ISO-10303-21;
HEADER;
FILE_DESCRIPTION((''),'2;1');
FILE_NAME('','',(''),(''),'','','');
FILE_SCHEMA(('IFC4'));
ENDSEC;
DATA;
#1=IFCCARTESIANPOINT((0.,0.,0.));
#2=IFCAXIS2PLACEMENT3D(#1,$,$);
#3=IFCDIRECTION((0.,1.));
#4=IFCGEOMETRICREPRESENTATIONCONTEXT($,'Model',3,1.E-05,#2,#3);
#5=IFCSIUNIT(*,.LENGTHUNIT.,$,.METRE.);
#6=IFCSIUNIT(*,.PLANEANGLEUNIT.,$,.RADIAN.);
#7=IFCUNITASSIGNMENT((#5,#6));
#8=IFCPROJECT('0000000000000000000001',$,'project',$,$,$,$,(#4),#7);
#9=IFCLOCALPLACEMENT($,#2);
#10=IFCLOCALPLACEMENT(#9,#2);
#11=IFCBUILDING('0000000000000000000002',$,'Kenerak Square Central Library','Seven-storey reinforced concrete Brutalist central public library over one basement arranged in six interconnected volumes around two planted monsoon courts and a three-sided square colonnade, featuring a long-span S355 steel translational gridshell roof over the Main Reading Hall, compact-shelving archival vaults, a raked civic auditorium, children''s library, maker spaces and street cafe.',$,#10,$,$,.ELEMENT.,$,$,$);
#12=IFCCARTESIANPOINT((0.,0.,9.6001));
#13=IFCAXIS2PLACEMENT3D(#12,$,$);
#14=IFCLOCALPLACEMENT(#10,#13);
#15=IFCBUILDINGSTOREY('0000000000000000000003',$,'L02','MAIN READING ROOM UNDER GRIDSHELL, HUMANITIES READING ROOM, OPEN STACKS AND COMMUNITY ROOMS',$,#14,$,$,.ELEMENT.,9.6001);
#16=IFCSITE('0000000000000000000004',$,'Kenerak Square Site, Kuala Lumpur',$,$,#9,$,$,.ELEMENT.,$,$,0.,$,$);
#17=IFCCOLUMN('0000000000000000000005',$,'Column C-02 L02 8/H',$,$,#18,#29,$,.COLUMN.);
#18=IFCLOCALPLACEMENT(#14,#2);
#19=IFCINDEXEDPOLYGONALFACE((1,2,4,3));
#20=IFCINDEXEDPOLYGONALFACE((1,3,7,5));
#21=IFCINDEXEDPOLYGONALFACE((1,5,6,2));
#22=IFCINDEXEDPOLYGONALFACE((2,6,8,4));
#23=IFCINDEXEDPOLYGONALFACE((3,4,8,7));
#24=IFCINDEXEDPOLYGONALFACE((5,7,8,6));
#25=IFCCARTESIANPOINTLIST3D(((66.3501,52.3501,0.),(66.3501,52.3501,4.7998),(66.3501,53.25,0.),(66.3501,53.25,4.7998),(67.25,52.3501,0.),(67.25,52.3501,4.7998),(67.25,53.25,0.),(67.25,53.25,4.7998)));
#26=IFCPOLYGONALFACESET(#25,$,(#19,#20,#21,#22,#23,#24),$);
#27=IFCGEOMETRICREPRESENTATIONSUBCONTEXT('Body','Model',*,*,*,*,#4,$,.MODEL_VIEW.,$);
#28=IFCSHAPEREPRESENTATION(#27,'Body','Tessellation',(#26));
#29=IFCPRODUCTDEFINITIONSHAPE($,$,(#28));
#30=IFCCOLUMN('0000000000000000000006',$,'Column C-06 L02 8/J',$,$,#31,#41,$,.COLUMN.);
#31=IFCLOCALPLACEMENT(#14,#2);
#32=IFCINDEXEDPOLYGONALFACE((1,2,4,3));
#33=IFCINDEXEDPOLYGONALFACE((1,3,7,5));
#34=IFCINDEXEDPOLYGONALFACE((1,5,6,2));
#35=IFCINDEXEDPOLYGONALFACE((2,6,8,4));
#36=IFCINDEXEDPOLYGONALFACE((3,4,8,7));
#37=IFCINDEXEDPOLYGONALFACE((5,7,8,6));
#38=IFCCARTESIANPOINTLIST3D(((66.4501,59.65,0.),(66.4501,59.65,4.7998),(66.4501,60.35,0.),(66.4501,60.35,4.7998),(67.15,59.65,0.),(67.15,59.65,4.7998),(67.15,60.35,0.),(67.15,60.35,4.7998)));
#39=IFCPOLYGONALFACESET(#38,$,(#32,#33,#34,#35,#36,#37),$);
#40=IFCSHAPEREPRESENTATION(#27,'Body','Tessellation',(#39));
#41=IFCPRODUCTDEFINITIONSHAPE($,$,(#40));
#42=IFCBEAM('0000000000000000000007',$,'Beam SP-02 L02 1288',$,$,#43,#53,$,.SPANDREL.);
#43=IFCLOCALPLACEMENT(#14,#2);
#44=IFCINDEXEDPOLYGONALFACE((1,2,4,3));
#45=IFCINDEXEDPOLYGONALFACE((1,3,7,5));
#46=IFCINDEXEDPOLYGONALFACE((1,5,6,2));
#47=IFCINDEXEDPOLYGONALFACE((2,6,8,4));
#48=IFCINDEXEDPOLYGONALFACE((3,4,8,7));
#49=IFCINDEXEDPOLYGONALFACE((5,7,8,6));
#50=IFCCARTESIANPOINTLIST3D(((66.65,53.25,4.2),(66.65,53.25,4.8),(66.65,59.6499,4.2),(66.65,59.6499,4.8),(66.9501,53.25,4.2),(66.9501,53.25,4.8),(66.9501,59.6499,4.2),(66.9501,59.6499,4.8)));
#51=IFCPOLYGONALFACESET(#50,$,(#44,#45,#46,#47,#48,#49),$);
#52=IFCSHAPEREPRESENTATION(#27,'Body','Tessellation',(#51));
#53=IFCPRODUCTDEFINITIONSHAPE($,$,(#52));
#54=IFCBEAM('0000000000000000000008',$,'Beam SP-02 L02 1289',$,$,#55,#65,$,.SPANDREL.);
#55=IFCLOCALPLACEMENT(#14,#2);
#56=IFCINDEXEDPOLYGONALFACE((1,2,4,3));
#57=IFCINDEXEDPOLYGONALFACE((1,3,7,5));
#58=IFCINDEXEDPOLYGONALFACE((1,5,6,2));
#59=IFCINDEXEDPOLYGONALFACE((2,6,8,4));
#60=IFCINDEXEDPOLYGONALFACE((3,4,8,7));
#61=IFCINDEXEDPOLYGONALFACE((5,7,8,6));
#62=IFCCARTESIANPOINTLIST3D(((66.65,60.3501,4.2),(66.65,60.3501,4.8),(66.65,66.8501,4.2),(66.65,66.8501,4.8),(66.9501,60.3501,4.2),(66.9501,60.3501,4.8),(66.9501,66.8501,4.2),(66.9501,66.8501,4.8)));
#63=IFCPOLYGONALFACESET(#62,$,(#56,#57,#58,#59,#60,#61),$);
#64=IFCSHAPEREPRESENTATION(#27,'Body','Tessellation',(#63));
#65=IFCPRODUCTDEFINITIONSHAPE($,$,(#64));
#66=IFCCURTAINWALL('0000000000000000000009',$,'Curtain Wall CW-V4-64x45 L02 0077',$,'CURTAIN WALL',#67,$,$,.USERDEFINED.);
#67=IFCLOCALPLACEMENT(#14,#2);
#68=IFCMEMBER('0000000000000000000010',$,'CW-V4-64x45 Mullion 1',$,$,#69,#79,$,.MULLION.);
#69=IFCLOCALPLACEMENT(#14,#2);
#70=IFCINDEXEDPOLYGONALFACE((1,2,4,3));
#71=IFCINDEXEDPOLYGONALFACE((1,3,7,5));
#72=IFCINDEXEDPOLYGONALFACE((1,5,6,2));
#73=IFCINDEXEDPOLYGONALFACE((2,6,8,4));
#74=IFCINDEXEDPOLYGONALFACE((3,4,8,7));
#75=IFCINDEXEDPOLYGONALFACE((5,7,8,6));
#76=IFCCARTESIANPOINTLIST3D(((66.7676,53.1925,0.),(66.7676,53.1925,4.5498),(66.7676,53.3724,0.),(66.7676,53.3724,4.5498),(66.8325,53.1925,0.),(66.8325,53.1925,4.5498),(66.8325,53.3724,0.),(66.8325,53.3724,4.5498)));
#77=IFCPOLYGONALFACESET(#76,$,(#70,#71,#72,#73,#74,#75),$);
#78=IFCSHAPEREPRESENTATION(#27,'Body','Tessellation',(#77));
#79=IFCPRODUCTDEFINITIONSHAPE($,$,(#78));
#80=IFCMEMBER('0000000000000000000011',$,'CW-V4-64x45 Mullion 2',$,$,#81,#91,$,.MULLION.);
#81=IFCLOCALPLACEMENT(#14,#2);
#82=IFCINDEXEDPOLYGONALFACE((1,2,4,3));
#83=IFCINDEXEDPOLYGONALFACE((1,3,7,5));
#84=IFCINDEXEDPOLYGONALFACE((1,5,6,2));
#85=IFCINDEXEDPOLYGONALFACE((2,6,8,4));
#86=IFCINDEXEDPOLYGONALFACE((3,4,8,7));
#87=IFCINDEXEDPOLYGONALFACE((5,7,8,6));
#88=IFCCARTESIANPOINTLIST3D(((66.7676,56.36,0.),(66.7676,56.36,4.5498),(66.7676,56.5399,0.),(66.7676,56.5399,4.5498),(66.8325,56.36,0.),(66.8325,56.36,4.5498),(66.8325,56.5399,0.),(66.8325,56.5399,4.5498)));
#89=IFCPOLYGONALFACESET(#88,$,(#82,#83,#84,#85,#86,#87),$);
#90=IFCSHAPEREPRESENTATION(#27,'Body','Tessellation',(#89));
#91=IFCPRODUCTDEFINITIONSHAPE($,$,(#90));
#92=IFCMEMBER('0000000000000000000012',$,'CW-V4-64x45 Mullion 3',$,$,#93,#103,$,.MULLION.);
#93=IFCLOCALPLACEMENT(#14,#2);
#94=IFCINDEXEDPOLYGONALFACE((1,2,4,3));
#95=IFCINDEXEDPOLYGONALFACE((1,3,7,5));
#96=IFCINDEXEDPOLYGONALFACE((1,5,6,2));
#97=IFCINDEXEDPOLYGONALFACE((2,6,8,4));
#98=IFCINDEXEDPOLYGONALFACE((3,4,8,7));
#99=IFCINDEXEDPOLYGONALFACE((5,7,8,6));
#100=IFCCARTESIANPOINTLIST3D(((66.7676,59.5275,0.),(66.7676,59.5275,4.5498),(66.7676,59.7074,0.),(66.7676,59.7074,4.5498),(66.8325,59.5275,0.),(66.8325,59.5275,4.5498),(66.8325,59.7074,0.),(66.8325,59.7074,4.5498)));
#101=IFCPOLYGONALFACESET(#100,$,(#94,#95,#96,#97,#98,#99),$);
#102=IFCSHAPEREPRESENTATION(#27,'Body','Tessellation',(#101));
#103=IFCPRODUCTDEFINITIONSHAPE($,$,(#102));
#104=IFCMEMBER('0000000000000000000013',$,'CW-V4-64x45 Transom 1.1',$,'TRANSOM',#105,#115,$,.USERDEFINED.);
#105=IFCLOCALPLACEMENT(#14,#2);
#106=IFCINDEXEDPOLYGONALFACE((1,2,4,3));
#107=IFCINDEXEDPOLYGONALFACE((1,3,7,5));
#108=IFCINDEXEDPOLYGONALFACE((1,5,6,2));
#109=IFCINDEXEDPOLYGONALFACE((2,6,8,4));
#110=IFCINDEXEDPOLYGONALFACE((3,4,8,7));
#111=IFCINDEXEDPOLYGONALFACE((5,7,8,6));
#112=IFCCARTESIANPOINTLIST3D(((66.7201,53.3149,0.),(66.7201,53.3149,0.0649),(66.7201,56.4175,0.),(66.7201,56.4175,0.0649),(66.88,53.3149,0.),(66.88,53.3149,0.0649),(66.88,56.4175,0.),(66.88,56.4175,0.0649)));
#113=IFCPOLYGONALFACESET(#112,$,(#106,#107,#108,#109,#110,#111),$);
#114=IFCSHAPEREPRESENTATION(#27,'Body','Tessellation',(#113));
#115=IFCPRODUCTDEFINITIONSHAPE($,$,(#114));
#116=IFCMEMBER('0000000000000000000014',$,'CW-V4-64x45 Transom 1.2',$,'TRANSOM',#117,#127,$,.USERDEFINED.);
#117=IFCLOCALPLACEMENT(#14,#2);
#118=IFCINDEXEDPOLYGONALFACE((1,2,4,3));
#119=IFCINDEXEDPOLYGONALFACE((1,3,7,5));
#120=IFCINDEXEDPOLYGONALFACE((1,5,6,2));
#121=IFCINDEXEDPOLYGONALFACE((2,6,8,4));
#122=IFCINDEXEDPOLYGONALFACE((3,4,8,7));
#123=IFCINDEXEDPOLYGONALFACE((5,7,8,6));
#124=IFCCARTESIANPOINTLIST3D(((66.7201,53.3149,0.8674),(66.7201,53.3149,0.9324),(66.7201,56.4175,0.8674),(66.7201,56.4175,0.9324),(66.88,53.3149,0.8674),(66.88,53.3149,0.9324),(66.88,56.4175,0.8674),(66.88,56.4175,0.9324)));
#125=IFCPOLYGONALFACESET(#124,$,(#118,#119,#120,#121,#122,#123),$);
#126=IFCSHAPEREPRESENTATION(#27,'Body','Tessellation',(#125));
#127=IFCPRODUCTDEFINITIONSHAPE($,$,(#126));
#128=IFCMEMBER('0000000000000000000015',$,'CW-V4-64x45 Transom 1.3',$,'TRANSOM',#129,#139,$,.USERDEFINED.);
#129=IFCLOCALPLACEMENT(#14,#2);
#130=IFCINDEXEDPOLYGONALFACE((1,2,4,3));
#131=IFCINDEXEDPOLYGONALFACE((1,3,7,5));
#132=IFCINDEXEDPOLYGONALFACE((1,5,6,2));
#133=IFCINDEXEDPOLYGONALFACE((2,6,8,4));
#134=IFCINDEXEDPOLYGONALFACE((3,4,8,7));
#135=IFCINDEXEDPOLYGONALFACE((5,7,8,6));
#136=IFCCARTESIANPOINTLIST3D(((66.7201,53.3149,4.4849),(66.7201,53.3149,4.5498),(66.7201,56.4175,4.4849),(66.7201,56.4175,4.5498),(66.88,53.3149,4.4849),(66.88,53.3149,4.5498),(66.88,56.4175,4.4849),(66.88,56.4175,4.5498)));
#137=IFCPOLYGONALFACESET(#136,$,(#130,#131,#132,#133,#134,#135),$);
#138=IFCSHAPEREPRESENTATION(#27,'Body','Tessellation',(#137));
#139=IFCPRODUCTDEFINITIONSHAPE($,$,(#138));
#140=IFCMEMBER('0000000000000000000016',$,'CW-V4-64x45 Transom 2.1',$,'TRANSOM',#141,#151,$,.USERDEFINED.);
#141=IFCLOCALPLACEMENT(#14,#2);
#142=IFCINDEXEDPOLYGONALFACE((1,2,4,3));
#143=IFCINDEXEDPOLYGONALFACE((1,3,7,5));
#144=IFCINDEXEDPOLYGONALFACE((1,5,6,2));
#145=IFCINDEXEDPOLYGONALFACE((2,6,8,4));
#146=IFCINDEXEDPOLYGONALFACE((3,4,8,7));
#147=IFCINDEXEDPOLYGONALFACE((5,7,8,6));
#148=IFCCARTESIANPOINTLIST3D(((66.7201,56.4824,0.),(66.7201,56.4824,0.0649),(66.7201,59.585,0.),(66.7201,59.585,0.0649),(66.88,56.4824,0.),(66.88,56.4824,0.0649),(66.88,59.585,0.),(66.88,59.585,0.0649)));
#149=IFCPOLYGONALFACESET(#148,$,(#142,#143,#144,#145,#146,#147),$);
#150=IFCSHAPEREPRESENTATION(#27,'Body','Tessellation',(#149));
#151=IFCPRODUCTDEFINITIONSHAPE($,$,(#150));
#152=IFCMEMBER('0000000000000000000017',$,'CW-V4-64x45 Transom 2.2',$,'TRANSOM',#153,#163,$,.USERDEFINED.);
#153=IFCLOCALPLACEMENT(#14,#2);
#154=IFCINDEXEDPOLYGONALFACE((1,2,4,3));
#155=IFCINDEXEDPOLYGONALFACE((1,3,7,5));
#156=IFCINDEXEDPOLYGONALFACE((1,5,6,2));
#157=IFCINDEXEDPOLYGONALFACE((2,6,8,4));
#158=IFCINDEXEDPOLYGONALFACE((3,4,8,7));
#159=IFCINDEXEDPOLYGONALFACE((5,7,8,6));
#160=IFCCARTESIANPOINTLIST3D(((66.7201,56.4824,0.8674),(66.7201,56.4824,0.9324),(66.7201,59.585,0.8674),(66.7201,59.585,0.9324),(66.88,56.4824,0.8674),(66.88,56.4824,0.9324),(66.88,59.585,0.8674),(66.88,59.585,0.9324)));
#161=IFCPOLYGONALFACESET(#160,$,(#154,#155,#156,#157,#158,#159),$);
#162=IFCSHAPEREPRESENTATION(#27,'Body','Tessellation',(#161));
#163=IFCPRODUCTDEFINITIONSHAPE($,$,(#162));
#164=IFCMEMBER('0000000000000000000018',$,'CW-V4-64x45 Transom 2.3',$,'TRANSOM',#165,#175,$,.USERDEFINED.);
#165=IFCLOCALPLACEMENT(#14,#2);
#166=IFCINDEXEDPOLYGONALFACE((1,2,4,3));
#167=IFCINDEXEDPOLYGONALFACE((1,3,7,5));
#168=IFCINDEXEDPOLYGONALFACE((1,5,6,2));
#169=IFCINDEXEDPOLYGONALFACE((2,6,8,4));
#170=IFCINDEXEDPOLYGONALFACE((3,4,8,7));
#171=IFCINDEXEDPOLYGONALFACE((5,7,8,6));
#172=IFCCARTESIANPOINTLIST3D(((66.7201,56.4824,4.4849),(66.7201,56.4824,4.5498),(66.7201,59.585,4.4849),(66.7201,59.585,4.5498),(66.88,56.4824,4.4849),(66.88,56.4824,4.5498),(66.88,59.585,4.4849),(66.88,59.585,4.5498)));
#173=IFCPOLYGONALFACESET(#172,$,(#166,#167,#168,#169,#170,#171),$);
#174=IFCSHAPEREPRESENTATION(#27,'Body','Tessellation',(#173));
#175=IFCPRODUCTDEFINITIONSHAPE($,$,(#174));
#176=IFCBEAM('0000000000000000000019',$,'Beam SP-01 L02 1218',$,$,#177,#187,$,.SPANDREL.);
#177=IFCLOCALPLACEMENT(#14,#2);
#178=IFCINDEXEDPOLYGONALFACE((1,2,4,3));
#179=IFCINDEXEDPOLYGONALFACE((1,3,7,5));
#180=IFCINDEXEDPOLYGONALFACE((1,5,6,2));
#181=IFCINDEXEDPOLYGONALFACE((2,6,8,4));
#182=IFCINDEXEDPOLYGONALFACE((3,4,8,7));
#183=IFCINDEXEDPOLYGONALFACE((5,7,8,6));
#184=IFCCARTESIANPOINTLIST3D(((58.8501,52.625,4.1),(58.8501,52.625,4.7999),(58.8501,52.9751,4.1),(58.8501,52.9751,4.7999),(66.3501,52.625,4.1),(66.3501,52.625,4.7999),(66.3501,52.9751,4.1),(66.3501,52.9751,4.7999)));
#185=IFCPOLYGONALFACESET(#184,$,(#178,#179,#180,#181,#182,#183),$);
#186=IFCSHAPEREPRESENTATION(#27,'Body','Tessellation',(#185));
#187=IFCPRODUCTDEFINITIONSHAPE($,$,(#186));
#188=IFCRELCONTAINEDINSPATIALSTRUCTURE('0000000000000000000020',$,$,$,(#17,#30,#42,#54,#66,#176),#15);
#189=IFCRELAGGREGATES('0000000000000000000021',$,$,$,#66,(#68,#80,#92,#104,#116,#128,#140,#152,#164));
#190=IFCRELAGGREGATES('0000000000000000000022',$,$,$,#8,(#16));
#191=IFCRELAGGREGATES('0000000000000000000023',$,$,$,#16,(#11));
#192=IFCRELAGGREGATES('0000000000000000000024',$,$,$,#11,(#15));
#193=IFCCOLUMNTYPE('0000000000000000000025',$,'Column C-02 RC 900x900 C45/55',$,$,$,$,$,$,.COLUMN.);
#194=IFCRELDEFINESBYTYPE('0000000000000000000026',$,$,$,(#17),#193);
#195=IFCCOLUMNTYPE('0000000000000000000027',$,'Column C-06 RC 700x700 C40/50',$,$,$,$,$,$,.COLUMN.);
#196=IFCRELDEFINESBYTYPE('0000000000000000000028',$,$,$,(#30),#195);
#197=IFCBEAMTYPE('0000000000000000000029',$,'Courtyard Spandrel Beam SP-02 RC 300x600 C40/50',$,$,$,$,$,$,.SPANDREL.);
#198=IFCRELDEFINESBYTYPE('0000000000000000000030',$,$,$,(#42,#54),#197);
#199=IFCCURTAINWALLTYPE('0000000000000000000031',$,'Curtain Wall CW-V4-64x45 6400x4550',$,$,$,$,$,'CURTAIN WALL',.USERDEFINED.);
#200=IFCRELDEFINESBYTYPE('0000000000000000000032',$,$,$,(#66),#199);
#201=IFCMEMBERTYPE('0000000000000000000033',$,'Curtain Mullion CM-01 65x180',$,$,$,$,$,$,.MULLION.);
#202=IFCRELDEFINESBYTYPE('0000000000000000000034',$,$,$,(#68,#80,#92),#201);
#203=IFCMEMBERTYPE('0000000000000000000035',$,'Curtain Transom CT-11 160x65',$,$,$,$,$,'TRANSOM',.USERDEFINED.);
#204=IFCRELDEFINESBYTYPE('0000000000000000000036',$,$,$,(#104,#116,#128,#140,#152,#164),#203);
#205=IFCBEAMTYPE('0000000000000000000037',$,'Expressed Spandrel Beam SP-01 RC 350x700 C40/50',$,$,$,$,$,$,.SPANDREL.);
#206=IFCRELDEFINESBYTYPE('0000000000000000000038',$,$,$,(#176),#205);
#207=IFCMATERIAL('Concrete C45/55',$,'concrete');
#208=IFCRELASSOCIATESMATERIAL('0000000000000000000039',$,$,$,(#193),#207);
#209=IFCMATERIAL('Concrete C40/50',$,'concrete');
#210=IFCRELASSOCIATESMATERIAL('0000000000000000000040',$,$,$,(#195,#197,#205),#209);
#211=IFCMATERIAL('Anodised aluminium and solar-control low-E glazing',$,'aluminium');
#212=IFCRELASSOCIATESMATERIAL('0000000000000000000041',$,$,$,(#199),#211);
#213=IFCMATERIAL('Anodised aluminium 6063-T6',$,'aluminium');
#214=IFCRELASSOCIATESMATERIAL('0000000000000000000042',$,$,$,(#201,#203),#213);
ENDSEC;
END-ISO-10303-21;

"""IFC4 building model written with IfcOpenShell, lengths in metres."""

from ifc_helpers import new_model, si_unit, direction, frame, origin, origin_2d, place, context, subcontext, project, spatial, rectangle, extrude, material, material_profile, profile_set, type_object, element, aggregate, save


model = new_model("IFC4")

# Units and contexts
model_context = context("Model", 3, precision=1e-05, world=origin(), true_north=direction((0.0, 1.0)))
body_context = subcontext(model_context, "Body", "Model", "MODEL_VIEW")
ifc_project = project(units=[si_unit("LENGTHUNIT", "METRE"), si_unit("PLANEANGLEUNIT", "RADIAN")], contexts=[model_context])

# Site, building, storey
site_placement = place(None, origin())
site = spatial("IfcSite", under=ifc_project, at=site_placement, Name="Kenerak Square Site, Kuala Lumpur", CompositionType="ELEMENT", RefElevation=0.0)
building_placement = place(site_placement, origin())
building = spatial("IfcBuilding", under=site, at=building_placement, Name="Kenerak Square Central Library", Description="Seven-storey reinforced concrete Brutalist central public library over one basement arranged in six interconnected volumes around two planted monsoon courts and a three-sided square colonnade, featuring a long-span S355 steel translational gridshell roof over the Main Reading Hall, compact-shelving archival vaults, a raked civic auditorium, children's library, maker spaces and street cafe.", CompositionType="ELEMENT")
storey_placement = place(building_placement, frame((0.0, 0.0, 9.6001)))
storey = spatial("IfcBuildingStorey", under=building, at=storey_placement, Name="L02", Description="MAIN READING ROOM UNDER GRIDSHELL, HUMANITIES READING ROOM, OPEN STACKS AND COMMUNITY ROOMS", CompositionType="ELEMENT", Elevation=9.6001)

# Columns
ifc_material_1 = material(Name="Concrete C45/55", Category="concrete")
ifc_material_profile_1 = material_profile(ifc_material_1, rectangle(XDim=0.8999, YDim=0.8999, at=origin_2d()), Name="RC 900x900")
ifc_profile_set_1 = profile_set([ifc_material_profile_1], Name="Concrete C45/55")
column_type_1 = type_object("IfcColumnType", Name="Column C-02 RC 900x900 C45/55", PredefinedType="COLUMN", material=ifc_profile_set_1)
column_1_placement = place(storey_placement, frame((66.8, 52.8, 0.0), z_axis=(0.0, 0.0, 1.0), x_axis=(1.0, 0.0, 0.0)))
element("IfcColumn", 1, at=column_1_placement, inside=storey, type_object=column_type_1, Name="Column C-02 L02 8/H", PredefinedType="COLUMN", context=body_context, shape_type="SweptSolid", body=[
    extrude(rectangle(XDim=0.8999, YDim=0.8999, at=origin_2d()), origin(), (0.0, 0.0, 1.0), 4.7998),
])
ifc_material_2 = material(Name="Concrete C40/50", Category="concrete")
ifc_material_profile_2 = material_profile(ifc_material_2, rectangle(XDim=0.7, YDim=0.7, at=origin_2d()), Name="RC 700x700")
ifc_profile_set_2 = profile_set([ifc_material_profile_2], Name="Concrete C40/50")
column_type_2 = type_object("IfcColumnType", Name="Column C-06 RC 700x700 C40/50", PredefinedType="COLUMN", material=ifc_profile_set_2)
column_2_placement = place(storey_placement, frame((66.8, 60.0, 0.0), z_axis=(0.0, 0.0, 1.0), x_axis=(1.0, 0.0, 0.0)))
element("IfcColumn", 2, at=column_2_placement, inside=storey, type_object=column_type_2, Name="Column C-06 L02 8/J", PredefinedType="COLUMN", context=body_context, shape_type="SweptSolid", body=[
    extrude(rectangle(XDim=0.7, YDim=0.7, at=origin_2d()), origin(), (0.0, 0.0, 1.0), 4.7998),
])

# Beams
ifc_material_profile_3 = material_profile(ifc_material_2, rectangle(XDim=0.3, YDim=0.6001, at=origin_2d()), Name="RC 300x600")
ifc_profile_set_3 = profile_set([ifc_material_profile_3], Name="Concrete C40/50")
beam_type_1 = type_object("IfcBeamType", Name="Courtyard Spandrel Beam SP-02 RC 300x600 C40/50", PredefinedType="SPANDREL", material=ifc_profile_set_3)
beam_1_placement = place(storey_placement, frame((66.8, 53.25, 4.5), z_axis=(0.0, 1.0, 0.0), x_axis=(-1.0, 0.0, 0.0)))
element("IfcBeam", 3, at=beam_1_placement, inside=storey, type_object=beam_type_1, Name="Beam SP-02 L02 1288", PredefinedType="SPANDREL", context=body_context, shape_type="SweptSolid", body=[
    extrude(rectangle(XDim=0.3, YDim=0.6001, at=origin_2d()), origin(), (0.0, 0.0, 1.0), 6.3999),
])
beam_2_placement = place(storey_placement, frame((66.8, 60.3501, 4.5), z_axis=(0.0, 1.0, 0.0), x_axis=(-1.0, 0.0, 0.0)))
element("IfcBeam", 4, at=beam_2_placement, inside=storey, type_object=beam_type_1, Name="Beam SP-02 L02 1289", PredefinedType="SPANDREL", context=body_context, shape_type="SweptSolid", body=[
    extrude(rectangle(XDim=0.3, YDim=0.6001, at=origin_2d()), origin(), (0.0, 0.0, 1.0), 6.5),
])

# Curtain wall, members
ifc_material_3 = material(Name="Anodised aluminium and solar-control low-E glazing", Category="aluminium")
curtain_wall_type = type_object("IfcCurtainWallType", Name="Curtain Wall CW-V4-64x45 6400x4550", ElementType="CURTAIN WALL", PredefinedType="USERDEFINED", material=ifc_material_3)
curtain_wall_placement = place(storey_placement, origin())
curtain_wall = element("IfcCurtainWall", 5, at=curtain_wall_placement, inside=storey, type_object=curtain_wall_type, Name="Curtain Wall CW-V4-64x45 L02 0077", ObjectType="CURTAIN WALL", PredefinedType="USERDEFINED")
ifc_material_4 = material(Name="Anodised aluminium 6063-T6", Category="aluminium")
ifc_material_profile_4 = material_profile(ifc_material_4, rectangle(XDim=0.0649, YDim=0.1799, at=origin_2d()), Name="AL MULLION 65x180")
ifc_profile_set_4 = profile_set([ifc_material_profile_4], Name="Anodised aluminium 6063-T6")
member_type_1 = type_object("IfcMemberType", Name="Curtain Mullion CM-01 65x180", PredefinedType="MULLION", material=ifc_profile_set_4)
member_1_placement = place(storey_placement, frame((66.8, 53.2825, 0.0), z_axis=(0.0, 0.0, 1.0), x_axis=(-1.0, 0.0, 0.0)))
member_1 = element("IfcMember", 6, at=member_1_placement, type_object=member_type_1, Name="CW-V4-64x45 Mullion 1", PredefinedType="MULLION", context=body_context, shape_type="SweptSolid", body=[
    extrude(rectangle(XDim=0.0649, YDim=0.1799, at=origin_2d()), origin(), (0.0, 0.0, 1.0), 4.5498),
])
member_2_placement = place(storey_placement, frame((66.8, 56.45, 0.0), z_axis=(0.0, 0.0, 1.0), x_axis=(-1.0, 0.0, 0.0)))
member_2 = element("IfcMember", 7, at=member_2_placement, type_object=member_type_1, Name="CW-V4-64x45 Mullion 2", PredefinedType="MULLION", context=body_context, shape_type="SweptSolid", body=[
    extrude(rectangle(XDim=0.0649, YDim=0.1799, at=origin_2d()), origin(), (0.0, 0.0, 1.0), 4.5498),
])
member_3_placement = place(storey_placement, frame((66.8, 59.6174, 0.0), z_axis=(0.0, 0.0, 1.0), x_axis=(-1.0, 0.0, 0.0)))
member_3 = element("IfcMember", 8, at=member_3_placement, type_object=member_type_1, Name="CW-V4-64x45 Mullion 3", PredefinedType="MULLION", context=body_context, shape_type="SweptSolid", body=[
    extrude(rectangle(XDim=0.0649, YDim=0.1799, at=origin_2d()), origin(), (0.0, 0.0, 1.0), 4.5498),
])
ifc_material_profile_5 = material_profile(ifc_material_4, rectangle(XDim=0.1599, YDim=0.0649, at=origin_2d()), Name="AL TRANSOM 160x65")
ifc_profile_set_5 = profile_set([ifc_material_profile_5], Name="Anodised aluminium 6063-T6")
member_type_2 = type_object("IfcMemberType", Name="Curtain Transom CT-11 160x65", ElementType="TRANSOM", PredefinedType="USERDEFINED", material=ifc_profile_set_5)
member_4_placement = place(storey_placement, frame((66.8, 53.3149, 0.0325), z_axis=(0.0, 1.0, 0.0), x_axis=(-1.0, 0.0, 0.0)))
member_4 = element("IfcMember", 9, at=member_4_placement, type_object=member_type_2, Name="CW-V4-64x45 Transom 1.1", ObjectType="TRANSOM", PredefinedType="USERDEFINED", context=body_context, shape_type="SweptSolid", body=[
    extrude(rectangle(XDim=0.1599, YDim=0.0649, at=origin_2d()), origin(), (0.0, 0.0, 1.0), 3.1025),
])
member_5_placement = place(storey_placement, frame((66.8, 53.3149, 0.8999), z_axis=(0.0, 1.0, 0.0), x_axis=(-1.0, 0.0, 0.0)))
member_5 = element("IfcMember", 10, at=member_5_placement, type_object=member_type_2, Name="CW-V4-64x45 Transom 1.2", ObjectType="TRANSOM", PredefinedType="USERDEFINED", context=body_context, shape_type="SweptSolid", body=[
    extrude(rectangle(XDim=0.1599, YDim=0.0649, at=origin_2d()), origin(), (0.0, 0.0, 1.0), 3.1025),
])
member_6_placement = place(storey_placement, frame((66.8, 53.3149, 4.5173), z_axis=(0.0, 1.0, 0.0), x_axis=(-1.0, 0.0, 0.0)))
member_6 = element("IfcMember", 11, at=member_6_placement, type_object=member_type_2, Name="CW-V4-64x45 Transom 1.3", ObjectType="TRANSOM", PredefinedType="USERDEFINED", context=body_context, shape_type="SweptSolid", body=[
    extrude(rectangle(XDim=0.1599, YDim=0.0649, at=origin_2d()), origin(), (0.0, 0.0, 1.0), 3.1025),
])
member_7_placement = place(storey_placement, frame((66.8, 56.4824, 0.0325), z_axis=(0.0, 1.0, 0.0), x_axis=(-1.0, 0.0, 0.0)))
member_7 = element("IfcMember", 12, at=member_7_placement, type_object=member_type_2, Name="CW-V4-64x45 Transom 2.1", ObjectType="TRANSOM", PredefinedType="USERDEFINED", context=body_context, shape_type="SweptSolid", body=[
    extrude(rectangle(XDim=0.1599, YDim=0.0649, at=origin_2d()), origin(), (0.0, 0.0, 1.0), 3.1025),
])
member_8_placement = place(storey_placement, frame((66.8, 56.4824, 0.8999), z_axis=(0.0, 1.0, 0.0), x_axis=(-1.0, 0.0, 0.0)))
member_8 = element("IfcMember", 13, at=member_8_placement, type_object=member_type_2, Name="CW-V4-64x45 Transom 2.2", ObjectType="TRANSOM", PredefinedType="USERDEFINED", context=body_context, shape_type="SweptSolid", body=[
    extrude(rectangle(XDim=0.1599, YDim=0.0649, at=origin_2d()), origin(), (0.0, 0.0, 1.0), 3.1025),
])
member_9_placement = place(storey_placement, frame((66.8, 56.4824, 4.5173), z_axis=(0.0, 1.0, 0.0), x_axis=(-1.0, 0.0, 0.0)))
member_9 = element("IfcMember", 14, at=member_9_placement, type_object=member_type_2, Name="CW-V4-64x45 Transom 2.3", ObjectType="TRANSOM", PredefinedType="USERDEFINED", context=body_context, shape_type="SweptSolid", body=[
    extrude(rectangle(XDim=0.1599, YDim=0.0649, at=origin_2d()), origin(), (0.0, 0.0, 1.0), 3.1025),
])

# Beam
ifc_material_profile_6 = material_profile(ifc_material_2, rectangle(XDim=0.3501, YDim=0.7, at=origin_2d()), Name="RC 350x700")
ifc_profile_set_6 = profile_set([ifc_material_profile_6], Name="Concrete C40/50")
beam_type_2 = type_object("IfcBeamType", Name="Expressed Spandrel Beam SP-01 RC 350x700 C40/50", PredefinedType="SPANDREL", material=ifc_profile_set_6)
beam_3_placement = place(storey_placement, frame((58.8501, 52.8, 4.45), z_axis=(1.0, 0.0, 0.0), x_axis=(0.0, 1.0, 0.0)))
element("IfcBeam", 15, at=beam_3_placement, inside=storey, type_object=beam_type_2, Name="Beam SP-01 L02 1218", PredefinedType="SPANDREL", context=body_context, shape_type="SweptSolid", body=[
    extrude(rectangle(XDim=0.3501, YDim=0.7, at=origin_2d()), origin(), (0.0, 0.0, 1.0), 7.5),
])

aggregate(curtain_wall, [member_1, member_2, member_3, member_4, member_5, member_6, member_7, member_8, member_9])

save(model, "model.ifc")
